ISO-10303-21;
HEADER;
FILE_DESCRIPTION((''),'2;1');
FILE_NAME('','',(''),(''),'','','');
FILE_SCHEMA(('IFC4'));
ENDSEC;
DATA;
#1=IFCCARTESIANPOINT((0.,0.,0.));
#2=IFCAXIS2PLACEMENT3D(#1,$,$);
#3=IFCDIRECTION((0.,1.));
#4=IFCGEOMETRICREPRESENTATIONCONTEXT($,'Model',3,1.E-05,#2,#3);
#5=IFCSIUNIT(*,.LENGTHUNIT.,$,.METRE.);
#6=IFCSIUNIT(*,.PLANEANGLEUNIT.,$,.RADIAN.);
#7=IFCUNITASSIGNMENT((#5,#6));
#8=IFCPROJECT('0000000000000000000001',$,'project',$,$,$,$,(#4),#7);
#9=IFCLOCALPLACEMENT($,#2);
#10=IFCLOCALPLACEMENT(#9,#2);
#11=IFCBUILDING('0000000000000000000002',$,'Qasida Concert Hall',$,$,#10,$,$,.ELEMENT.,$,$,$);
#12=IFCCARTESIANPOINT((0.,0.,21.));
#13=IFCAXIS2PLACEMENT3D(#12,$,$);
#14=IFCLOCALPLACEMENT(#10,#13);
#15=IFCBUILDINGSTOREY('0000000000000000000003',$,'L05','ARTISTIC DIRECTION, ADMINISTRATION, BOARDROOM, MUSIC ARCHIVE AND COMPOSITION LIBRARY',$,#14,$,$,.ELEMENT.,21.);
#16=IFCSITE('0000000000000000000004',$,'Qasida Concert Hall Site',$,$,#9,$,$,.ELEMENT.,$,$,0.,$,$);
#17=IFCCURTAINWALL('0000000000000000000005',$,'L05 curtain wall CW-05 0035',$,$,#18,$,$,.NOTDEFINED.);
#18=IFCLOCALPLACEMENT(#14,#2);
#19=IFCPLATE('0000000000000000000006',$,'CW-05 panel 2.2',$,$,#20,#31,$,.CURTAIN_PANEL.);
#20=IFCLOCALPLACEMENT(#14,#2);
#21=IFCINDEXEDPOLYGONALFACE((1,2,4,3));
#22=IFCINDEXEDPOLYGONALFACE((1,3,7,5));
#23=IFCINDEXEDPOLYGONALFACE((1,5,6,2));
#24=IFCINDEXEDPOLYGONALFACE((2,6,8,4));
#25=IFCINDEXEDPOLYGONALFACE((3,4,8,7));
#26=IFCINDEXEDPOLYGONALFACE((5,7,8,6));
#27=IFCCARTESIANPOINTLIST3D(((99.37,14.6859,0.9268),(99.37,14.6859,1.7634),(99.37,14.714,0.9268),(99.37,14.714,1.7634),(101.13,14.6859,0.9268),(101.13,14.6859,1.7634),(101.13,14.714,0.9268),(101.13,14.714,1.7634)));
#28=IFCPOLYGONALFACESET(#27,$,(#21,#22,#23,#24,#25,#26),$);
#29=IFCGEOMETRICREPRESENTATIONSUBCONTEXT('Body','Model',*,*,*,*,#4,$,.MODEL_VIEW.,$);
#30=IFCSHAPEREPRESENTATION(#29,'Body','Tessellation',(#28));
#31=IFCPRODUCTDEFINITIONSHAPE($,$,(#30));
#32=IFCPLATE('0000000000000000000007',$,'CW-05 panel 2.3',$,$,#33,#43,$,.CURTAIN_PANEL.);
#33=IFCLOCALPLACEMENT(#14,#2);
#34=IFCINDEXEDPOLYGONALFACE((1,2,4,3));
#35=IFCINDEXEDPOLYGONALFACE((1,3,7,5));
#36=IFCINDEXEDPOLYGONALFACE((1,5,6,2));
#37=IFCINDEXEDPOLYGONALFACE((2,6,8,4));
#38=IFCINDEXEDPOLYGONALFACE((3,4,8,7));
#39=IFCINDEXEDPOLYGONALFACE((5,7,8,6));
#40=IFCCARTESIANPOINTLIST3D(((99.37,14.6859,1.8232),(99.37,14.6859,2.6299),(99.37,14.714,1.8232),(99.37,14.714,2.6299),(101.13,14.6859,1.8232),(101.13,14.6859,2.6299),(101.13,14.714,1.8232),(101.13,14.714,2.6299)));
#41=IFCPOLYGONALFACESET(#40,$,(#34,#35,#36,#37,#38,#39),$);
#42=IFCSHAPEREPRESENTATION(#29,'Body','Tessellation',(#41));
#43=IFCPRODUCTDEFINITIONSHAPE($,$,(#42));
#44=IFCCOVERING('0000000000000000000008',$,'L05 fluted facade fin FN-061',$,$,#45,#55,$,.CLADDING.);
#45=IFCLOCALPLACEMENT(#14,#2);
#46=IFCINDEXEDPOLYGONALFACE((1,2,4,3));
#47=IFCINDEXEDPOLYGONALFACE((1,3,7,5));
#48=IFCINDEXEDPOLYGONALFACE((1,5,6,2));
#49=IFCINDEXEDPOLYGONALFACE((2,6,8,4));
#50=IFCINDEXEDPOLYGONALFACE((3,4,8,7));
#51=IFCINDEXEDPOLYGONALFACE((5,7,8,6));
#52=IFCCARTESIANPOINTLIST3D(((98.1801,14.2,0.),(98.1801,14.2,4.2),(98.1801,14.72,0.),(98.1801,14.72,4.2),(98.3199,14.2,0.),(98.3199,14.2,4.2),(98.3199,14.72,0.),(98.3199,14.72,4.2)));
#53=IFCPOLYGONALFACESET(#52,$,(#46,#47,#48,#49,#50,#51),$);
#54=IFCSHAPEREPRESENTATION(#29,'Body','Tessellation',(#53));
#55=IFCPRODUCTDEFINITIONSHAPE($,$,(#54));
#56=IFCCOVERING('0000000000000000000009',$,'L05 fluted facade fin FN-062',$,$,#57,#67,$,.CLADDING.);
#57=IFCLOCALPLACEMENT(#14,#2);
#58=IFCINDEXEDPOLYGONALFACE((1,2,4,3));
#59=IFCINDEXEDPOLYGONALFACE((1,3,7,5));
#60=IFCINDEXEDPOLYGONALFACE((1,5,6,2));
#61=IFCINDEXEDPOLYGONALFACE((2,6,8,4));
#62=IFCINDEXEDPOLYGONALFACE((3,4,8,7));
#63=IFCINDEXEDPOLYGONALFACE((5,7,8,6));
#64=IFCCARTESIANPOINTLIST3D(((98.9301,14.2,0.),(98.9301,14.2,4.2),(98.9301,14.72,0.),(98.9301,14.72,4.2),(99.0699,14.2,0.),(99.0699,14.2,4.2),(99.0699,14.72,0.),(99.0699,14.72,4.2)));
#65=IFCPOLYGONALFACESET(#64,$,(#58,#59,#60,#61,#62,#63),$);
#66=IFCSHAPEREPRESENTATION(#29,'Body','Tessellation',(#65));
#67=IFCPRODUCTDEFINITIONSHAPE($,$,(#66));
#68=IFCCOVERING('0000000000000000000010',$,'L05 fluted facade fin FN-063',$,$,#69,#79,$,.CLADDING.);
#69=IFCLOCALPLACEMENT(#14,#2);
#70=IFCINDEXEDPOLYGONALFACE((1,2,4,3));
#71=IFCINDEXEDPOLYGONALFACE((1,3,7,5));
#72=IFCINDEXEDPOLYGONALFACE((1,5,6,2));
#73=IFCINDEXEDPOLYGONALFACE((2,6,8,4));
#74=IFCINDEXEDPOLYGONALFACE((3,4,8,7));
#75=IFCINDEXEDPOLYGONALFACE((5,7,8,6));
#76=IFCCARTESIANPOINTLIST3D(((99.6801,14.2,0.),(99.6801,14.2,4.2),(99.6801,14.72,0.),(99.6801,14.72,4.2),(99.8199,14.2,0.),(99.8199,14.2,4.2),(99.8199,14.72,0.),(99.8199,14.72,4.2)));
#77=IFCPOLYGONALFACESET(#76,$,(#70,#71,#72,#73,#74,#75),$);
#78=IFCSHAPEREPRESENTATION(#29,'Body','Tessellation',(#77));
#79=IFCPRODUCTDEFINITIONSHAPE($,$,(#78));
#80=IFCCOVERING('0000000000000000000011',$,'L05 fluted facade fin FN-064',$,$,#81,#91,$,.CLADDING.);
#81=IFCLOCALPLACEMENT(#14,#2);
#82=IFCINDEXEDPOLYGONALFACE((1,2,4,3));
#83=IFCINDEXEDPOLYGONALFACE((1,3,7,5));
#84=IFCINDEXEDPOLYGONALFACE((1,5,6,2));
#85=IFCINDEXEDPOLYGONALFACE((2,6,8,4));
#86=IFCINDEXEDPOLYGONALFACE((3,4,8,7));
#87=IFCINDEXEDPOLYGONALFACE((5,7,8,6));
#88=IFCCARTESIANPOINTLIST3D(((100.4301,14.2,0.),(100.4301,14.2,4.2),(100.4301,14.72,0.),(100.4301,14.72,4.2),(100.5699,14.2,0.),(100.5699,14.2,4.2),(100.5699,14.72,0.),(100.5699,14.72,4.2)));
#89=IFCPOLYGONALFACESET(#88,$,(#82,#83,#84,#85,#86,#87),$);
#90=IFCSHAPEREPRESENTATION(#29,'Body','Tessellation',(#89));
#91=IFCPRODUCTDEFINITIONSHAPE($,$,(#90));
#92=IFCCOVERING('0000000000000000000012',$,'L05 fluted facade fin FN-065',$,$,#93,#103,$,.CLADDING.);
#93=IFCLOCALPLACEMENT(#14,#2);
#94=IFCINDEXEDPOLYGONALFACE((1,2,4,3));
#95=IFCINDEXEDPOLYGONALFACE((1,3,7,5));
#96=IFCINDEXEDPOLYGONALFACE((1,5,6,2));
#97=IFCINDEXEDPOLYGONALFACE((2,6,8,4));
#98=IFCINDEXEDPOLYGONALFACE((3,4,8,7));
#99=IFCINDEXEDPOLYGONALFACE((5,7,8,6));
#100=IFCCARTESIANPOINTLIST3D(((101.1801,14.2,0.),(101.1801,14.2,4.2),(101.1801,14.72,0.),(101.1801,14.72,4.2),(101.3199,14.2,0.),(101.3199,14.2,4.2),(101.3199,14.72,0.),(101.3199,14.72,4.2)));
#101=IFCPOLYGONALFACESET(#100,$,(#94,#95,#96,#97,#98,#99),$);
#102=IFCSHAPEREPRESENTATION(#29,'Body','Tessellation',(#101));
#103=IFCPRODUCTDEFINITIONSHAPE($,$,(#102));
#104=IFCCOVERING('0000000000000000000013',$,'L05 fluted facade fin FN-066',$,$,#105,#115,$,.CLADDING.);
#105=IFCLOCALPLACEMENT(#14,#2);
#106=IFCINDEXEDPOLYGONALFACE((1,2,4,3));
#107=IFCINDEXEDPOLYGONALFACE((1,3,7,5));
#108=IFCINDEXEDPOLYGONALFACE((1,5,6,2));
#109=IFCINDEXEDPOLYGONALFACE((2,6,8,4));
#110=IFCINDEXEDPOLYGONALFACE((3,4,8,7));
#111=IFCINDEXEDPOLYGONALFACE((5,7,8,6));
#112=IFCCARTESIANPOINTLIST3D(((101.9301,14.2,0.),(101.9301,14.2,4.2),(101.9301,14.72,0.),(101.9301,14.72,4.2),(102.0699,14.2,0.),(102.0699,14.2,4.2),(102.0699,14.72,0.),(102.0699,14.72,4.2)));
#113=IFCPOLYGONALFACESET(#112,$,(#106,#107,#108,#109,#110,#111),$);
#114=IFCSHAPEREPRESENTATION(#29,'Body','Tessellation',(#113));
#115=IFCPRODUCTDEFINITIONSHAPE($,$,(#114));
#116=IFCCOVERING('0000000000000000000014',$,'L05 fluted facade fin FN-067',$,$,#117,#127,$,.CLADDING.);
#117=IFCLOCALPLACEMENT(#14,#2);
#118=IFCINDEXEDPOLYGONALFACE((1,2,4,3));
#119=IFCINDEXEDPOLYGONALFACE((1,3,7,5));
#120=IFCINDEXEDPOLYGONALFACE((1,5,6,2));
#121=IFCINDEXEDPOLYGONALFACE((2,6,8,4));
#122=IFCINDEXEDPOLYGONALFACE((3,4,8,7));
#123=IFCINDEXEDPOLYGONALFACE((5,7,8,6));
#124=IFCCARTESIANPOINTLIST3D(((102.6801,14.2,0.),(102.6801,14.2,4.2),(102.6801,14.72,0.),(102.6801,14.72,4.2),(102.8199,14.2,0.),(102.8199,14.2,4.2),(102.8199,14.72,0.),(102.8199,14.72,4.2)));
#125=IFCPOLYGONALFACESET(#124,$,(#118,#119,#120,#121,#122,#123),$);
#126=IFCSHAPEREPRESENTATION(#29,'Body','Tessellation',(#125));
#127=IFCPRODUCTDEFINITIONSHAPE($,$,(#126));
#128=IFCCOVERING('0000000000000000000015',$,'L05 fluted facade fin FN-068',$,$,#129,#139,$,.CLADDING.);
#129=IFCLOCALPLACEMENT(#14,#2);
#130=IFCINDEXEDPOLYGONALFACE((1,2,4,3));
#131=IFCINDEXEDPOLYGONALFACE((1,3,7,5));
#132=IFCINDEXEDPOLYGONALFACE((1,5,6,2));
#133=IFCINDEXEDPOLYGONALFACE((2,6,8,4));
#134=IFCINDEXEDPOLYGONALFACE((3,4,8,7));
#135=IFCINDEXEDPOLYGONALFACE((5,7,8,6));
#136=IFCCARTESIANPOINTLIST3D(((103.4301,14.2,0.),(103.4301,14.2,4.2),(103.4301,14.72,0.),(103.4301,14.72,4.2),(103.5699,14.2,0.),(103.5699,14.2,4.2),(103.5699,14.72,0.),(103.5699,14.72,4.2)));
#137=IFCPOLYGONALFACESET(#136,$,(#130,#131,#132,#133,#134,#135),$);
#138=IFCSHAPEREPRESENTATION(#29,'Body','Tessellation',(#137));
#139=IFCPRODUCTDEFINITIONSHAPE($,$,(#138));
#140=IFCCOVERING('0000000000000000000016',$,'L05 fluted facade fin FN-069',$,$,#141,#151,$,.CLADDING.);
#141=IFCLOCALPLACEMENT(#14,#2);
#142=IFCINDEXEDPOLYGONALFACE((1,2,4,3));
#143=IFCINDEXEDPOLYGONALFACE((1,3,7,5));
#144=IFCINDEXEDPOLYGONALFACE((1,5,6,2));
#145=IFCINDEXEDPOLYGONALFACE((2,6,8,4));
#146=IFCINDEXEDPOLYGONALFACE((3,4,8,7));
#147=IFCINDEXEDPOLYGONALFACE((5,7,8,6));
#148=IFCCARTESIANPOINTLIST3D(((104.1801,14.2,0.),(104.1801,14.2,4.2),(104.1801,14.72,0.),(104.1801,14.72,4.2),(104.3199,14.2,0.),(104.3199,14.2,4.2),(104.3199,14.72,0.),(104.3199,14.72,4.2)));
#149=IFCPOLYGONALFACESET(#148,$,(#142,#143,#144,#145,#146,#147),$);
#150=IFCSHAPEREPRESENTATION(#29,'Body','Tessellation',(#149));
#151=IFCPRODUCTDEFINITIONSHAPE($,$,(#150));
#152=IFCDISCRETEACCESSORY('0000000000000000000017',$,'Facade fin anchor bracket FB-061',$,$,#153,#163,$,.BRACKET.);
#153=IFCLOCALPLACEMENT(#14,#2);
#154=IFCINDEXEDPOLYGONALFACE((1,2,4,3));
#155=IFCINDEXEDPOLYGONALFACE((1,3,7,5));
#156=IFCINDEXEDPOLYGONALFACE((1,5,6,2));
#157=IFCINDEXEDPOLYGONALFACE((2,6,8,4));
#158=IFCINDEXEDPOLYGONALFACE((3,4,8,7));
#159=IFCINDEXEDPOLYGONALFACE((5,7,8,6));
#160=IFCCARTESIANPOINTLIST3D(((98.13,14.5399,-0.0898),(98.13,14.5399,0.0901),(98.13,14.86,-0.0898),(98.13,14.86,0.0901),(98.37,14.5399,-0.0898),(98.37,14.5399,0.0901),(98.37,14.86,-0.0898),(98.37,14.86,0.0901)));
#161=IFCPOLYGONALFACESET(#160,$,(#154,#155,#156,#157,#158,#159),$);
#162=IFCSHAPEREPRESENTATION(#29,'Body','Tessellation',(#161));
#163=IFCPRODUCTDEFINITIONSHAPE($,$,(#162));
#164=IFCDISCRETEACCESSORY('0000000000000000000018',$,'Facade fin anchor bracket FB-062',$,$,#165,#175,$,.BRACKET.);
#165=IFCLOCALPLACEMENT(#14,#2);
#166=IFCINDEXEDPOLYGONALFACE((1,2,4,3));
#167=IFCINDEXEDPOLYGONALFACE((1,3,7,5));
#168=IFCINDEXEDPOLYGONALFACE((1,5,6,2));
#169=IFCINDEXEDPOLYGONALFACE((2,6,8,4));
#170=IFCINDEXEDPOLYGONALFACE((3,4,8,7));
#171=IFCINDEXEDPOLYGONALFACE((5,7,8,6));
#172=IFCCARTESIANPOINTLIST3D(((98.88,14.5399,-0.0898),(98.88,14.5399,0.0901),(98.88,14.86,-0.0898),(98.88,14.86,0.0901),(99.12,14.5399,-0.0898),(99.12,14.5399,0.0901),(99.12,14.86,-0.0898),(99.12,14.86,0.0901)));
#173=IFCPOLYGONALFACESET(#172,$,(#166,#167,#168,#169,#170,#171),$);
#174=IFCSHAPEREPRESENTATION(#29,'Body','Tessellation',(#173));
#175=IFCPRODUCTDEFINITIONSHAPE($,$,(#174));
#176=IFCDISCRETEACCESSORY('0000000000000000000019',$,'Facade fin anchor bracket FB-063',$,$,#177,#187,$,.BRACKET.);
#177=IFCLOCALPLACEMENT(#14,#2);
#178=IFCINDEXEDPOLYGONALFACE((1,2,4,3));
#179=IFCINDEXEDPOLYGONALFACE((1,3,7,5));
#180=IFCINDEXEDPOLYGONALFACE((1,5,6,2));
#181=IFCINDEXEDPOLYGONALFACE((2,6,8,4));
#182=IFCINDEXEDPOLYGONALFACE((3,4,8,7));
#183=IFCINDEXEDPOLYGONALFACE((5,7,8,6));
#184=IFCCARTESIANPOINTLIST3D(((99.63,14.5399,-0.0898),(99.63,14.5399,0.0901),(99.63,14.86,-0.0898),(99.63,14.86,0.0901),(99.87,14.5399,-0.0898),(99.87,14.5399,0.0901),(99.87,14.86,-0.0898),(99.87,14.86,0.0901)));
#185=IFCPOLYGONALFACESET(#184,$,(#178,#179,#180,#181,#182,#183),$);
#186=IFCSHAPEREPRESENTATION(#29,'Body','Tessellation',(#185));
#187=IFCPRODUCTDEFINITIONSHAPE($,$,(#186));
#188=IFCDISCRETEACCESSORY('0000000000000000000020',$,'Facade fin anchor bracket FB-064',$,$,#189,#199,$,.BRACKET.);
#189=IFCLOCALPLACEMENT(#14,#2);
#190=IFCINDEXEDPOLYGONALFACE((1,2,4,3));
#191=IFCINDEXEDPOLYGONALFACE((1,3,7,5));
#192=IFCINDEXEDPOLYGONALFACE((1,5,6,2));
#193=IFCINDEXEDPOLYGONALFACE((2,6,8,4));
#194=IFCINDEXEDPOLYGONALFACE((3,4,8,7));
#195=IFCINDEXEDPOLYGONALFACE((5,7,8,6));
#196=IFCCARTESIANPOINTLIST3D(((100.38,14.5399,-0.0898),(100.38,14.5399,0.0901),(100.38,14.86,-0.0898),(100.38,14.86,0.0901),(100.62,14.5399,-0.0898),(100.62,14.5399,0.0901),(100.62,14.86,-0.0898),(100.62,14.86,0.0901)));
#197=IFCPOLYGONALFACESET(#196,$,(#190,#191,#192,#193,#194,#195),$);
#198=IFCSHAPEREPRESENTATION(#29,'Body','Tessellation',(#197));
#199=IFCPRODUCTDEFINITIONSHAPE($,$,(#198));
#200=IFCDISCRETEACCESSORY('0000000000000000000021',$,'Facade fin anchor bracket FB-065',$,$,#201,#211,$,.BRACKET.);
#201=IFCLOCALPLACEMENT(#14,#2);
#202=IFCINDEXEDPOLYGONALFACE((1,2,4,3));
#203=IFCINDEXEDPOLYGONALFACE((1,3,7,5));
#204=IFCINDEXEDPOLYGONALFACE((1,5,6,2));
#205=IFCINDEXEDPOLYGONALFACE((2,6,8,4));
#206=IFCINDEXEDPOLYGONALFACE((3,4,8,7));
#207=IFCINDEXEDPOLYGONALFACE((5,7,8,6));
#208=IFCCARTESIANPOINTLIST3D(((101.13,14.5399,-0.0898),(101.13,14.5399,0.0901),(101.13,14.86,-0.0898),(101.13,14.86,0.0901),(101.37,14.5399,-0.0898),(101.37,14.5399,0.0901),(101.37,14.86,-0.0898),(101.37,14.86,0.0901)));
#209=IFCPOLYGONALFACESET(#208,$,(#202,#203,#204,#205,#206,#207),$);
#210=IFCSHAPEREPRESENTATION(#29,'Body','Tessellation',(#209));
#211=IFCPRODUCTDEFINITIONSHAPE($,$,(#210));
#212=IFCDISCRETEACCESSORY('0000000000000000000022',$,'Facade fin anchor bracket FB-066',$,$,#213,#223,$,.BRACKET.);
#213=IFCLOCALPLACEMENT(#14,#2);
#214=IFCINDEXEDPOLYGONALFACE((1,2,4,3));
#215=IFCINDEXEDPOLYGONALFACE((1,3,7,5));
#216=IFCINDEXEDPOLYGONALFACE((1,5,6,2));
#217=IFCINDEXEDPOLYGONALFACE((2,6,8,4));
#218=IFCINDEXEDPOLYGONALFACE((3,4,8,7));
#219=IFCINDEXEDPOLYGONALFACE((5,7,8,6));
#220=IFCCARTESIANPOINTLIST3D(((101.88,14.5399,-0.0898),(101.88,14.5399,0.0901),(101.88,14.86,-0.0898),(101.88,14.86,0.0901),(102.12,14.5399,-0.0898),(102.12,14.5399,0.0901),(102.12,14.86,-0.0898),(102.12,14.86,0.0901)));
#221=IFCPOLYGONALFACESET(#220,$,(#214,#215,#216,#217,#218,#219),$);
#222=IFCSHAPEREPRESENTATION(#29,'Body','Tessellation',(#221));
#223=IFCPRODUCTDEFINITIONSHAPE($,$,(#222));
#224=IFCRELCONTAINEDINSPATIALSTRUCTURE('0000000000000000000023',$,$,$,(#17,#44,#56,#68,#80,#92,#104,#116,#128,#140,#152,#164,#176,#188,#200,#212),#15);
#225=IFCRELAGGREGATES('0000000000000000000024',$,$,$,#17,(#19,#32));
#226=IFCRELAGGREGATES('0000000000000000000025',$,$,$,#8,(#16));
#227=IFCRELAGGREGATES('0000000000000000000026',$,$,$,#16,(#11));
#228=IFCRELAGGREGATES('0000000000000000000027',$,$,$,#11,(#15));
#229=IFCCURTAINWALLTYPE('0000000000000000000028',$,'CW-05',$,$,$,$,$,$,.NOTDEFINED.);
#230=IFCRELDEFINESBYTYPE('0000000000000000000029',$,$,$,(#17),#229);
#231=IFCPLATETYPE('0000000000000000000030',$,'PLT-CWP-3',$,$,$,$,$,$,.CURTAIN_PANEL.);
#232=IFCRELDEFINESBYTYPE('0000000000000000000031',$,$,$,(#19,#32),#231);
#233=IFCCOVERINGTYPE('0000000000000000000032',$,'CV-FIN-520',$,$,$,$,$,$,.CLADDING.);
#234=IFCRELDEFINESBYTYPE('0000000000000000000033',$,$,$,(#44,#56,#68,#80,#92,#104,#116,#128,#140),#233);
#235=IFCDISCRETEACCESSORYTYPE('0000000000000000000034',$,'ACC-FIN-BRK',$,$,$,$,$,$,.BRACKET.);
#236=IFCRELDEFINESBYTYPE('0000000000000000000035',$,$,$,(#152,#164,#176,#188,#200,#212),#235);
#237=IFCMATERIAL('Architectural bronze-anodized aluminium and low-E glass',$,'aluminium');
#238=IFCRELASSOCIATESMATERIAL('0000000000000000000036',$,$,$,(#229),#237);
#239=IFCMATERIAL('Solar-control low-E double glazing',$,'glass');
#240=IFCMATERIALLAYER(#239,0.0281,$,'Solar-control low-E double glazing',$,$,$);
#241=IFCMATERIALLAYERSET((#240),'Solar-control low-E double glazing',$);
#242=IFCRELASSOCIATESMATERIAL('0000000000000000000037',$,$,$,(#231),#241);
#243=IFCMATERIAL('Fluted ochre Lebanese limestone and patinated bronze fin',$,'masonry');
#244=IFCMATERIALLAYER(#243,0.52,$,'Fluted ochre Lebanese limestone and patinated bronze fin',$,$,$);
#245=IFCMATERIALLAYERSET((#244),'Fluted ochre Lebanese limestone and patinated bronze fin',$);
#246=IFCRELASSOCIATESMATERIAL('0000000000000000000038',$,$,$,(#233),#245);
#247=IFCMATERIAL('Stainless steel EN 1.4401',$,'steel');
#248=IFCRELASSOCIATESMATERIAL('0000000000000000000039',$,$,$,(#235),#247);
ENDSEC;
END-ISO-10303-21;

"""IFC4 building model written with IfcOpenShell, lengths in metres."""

from ifc_helpers import new_model, si_unit, direction, frame, origin, origin_2d, place, context, subcontext, project, spatial, rectangle, extrude, material, layer, layer_set, type_object, element, aggregate, save


model = new_model("IFC4")

# Units and contexts
model_context = context("Model", 3, precision=1e-05, world=origin(), true_north=direction((0.0, 1.0)))
body_context = subcontext(model_context, "Body", "Model", "MODEL_VIEW")
ifc_project = project(units=[si_unit("LENGTHUNIT", "METRE"), si_unit("PLANEANGLEUNIT", "RADIAN")], contexts=[model_context])

# Site, building, storey
site_placement = place(None, origin())
site = spatial("IfcSite", under=ifc_project, at=site_placement, Name="Qasida Concert Hall Site", CompositionType="ELEMENT", RefElevation=0.0)
building_placement = place(site_placement, origin())
building = spatial("IfcBuilding", under=site, at=building_placement, Name="Qasida Concert Hall", CompositionType="ELEMENT")
storey_placement = place(building_placement, frame((0.0, 0.0, 21.0)))
storey = spatial("IfcBuildingStorey", under=building, at=storey_placement, Name="L05", Description="ARTISTIC DIRECTION, ADMINISTRATION, BOARDROOM, MUSIC ARCHIVE AND COMPOSITION LIBRARY", CompositionType="ELEMENT", Elevation=21.0)

# Curtain wall, plates
ifc_material_1 = material(Name="Architectural bronze-anodized aluminium and low-E glass", Category="aluminium")
curtain_wall_type = type_object("IfcCurtainWallType", Name="CW-05", PredefinedType="NOTDEFINED", material=ifc_material_1)
curtain_wall_placement = place(storey_placement, origin())
curtain_wall = element("IfcCurtainWall", 1, at=curtain_wall_placement, inside=storey, type_object=curtain_wall_type, Name="L05 curtain wall CW-05 0035", PredefinedType="NOTDEFINED")
ifc_material_2 = material(Name="Solar-control low-E double glazing", Category="glass")
ifc_layer_1 = layer(ifc_material_2, 0.0281, Name="Solar-control low-E double glazing")
ifc_layer_set_1 = layer_set([ifc_layer_1], Name="Solar-control low-E double glazing")
plate_type = type_object("IfcPlateType", Name="PLT-CWP-3", PredefinedType="CURTAIN_PANEL", material=ifc_layer_set_1)
plate_1_placement = place(storey_placement, frame((100.25, 14.7, 0.9268), z_axis=(0.0, 0.0, 1.0), x_axis=(1.0, 0.0, 0.0)))
plate_1 = element("IfcPlate", 2, at=plate_1_placement, type_object=plate_type, Name="CW-05 panel 2.2", PredefinedType="CURTAIN_PANEL", context=body_context, shape_type="SweptSolid", body=[
    extrude(rectangle(XDim=1.76, YDim=0.0281, at=origin_2d()), origin(), (0.0, 0.0, 1.0), 0.8367),
])
plate_2_placement = place(storey_placement, frame((100.25, 14.7, 1.8232), z_axis=(0.0, 0.0, 1.0), x_axis=(1.0, 0.0, 0.0)))
plate_2 = element("IfcPlate", 3, at=plate_2_placement, type_object=plate_type, Name="CW-05 panel 2.3", PredefinedType="CURTAIN_PANEL", context=body_context, shape_type="SweptSolid", body=[
    extrude(rectangle(XDim=1.76, YDim=0.0281, at=origin_2d()), origin(), (0.0, 0.0, 1.0), 0.8066),
])
aggregate(curtain_wall, [plate_1, plate_2])

# Coverings
ifc_material_3 = material(Name="Fluted ochre Lebanese limestone and patinated bronze fin", Category="masonry")
ifc_layer_2 = layer(ifc_material_3, 0.52, Name="Fluted ochre Lebanese limestone and patinated bronze fin")
ifc_layer_set_2 = layer_set([ifc_layer_2], Name="Fluted ochre Lebanese limestone and patinated bronze fin")
covering_type = type_object("IfcCoveringType", Name="CV-FIN-520", PredefinedType="CLADDING", material=ifc_layer_set_2)
for number, where, z_axis, x_axis, name in (
    (4, (98.25, 14.46, 0.0), (0.0, 0.0, 1.0), (1.0, 0.0, 0.0), "L05 fluted facade fin FN-061"),
    (5, (99.0, 14.46, 0.0), (0.0, 0.0, 1.0), (1.0, 0.0, 0.0), "L05 fluted facade fin FN-062"),
    (6, (99.75, 14.46, 0.0), (0.0, 0.0, 1.0), (1.0, 0.0, 0.0), "L05 fluted facade fin FN-063"),
    (7, (100.5, 14.46, 0.0), (0.0, 0.0, 1.0), (1.0, 0.0, 0.0), "L05 fluted facade fin FN-064"),
    (8, (101.25, 14.46, 0.0), (0.0, 0.0, 1.0), (1.0, 0.0, 0.0), "L05 fluted facade fin FN-065"),
    (9, (102.0, 14.46, 0.0), (0.0, 0.0, 1.0), (1.0, 0.0, 0.0), "L05 fluted facade fin FN-066"),
    (10, (102.75, 14.46, 0.0), (0.0, 0.0, 1.0), (1.0, 0.0, 0.0), "L05 fluted facade fin FN-067"),
    (11, (103.5, 14.46, 0.0), (0.0, 0.0, 1.0), (1.0, 0.0, 0.0), "L05 fluted facade fin FN-068"),
    (12, (104.25, 14.46, 0.0), (0.0, 0.0, 1.0), (1.0, 0.0, 0.0), "L05 fluted facade fin FN-069"),
):
    element("IfcCovering", number, at=place(storey_placement, frame(where, z_axis=z_axis, x_axis=x_axis)), inside=storey, type_object=covering_type, Name=name, PredefinedType="CLADDING", context=body_context, shape_type="SweptSolid", body=[
        extrude(rectangle(XDim=0.1399, YDim=0.52, at=origin_2d()), origin(), (0.0, 0.0, 1.0), 4.2),
    ])

# Discrete accessories
ifc_material_4 = material(Name="Stainless steel EN 1.4401", Category="steel")
discrete_accessory_type = type_object("IfcDiscreteAccessoryType", Name="ACC-FIN-BRK", PredefinedType="BRACKET", material=ifc_material_4)
for number, where, z_axis, x_axis, name in (
    (13, (98.25, 14.7, -0.0898), (0.0, 0.0, 1.0), (1.0, 0.0, 0.0), "Facade fin anchor bracket FB-061"),
    (14, (99.0, 14.7, -0.0898), (0.0, 0.0, 1.0), (1.0, 0.0, 0.0), "Facade fin anchor bracket FB-062"),
    (15, (99.75, 14.7, -0.0898), (0.0, 0.0, 1.0), (1.0, 0.0, 0.0), "Facade fin anchor bracket FB-063"),
    (16, (100.5, 14.7, -0.0898), (0.0, 0.0, 1.0), (1.0, 0.0, 0.0), "Facade fin anchor bracket FB-064"),
    (17, (101.25, 14.7, -0.0898), (0.0, 0.0, 1.0), (1.0, 0.0, 0.0), "Facade fin anchor bracket FB-065"),
    (18, (102.0, 14.7, -0.0898), (0.0, 0.0, 1.0), (1.0, 0.0, 0.0), "Facade fin anchor bracket FB-066"),
):
    element("IfcDiscreteAccessory", number, at=place(storey_placement, frame(where, z_axis=z_axis, x_axis=x_axis)), inside=storey, type_object=discrete_accessory_type, Name=name, PredefinedType="BRACKET", context=body_context, shape_type="SweptSolid", body=[
        extrude(rectangle(XDim=0.24, YDim=0.3201, at=origin_2d()), origin(), (0.0, 0.0, 1.0), 0.1799),
    ])

save(model, "model.ifc")
